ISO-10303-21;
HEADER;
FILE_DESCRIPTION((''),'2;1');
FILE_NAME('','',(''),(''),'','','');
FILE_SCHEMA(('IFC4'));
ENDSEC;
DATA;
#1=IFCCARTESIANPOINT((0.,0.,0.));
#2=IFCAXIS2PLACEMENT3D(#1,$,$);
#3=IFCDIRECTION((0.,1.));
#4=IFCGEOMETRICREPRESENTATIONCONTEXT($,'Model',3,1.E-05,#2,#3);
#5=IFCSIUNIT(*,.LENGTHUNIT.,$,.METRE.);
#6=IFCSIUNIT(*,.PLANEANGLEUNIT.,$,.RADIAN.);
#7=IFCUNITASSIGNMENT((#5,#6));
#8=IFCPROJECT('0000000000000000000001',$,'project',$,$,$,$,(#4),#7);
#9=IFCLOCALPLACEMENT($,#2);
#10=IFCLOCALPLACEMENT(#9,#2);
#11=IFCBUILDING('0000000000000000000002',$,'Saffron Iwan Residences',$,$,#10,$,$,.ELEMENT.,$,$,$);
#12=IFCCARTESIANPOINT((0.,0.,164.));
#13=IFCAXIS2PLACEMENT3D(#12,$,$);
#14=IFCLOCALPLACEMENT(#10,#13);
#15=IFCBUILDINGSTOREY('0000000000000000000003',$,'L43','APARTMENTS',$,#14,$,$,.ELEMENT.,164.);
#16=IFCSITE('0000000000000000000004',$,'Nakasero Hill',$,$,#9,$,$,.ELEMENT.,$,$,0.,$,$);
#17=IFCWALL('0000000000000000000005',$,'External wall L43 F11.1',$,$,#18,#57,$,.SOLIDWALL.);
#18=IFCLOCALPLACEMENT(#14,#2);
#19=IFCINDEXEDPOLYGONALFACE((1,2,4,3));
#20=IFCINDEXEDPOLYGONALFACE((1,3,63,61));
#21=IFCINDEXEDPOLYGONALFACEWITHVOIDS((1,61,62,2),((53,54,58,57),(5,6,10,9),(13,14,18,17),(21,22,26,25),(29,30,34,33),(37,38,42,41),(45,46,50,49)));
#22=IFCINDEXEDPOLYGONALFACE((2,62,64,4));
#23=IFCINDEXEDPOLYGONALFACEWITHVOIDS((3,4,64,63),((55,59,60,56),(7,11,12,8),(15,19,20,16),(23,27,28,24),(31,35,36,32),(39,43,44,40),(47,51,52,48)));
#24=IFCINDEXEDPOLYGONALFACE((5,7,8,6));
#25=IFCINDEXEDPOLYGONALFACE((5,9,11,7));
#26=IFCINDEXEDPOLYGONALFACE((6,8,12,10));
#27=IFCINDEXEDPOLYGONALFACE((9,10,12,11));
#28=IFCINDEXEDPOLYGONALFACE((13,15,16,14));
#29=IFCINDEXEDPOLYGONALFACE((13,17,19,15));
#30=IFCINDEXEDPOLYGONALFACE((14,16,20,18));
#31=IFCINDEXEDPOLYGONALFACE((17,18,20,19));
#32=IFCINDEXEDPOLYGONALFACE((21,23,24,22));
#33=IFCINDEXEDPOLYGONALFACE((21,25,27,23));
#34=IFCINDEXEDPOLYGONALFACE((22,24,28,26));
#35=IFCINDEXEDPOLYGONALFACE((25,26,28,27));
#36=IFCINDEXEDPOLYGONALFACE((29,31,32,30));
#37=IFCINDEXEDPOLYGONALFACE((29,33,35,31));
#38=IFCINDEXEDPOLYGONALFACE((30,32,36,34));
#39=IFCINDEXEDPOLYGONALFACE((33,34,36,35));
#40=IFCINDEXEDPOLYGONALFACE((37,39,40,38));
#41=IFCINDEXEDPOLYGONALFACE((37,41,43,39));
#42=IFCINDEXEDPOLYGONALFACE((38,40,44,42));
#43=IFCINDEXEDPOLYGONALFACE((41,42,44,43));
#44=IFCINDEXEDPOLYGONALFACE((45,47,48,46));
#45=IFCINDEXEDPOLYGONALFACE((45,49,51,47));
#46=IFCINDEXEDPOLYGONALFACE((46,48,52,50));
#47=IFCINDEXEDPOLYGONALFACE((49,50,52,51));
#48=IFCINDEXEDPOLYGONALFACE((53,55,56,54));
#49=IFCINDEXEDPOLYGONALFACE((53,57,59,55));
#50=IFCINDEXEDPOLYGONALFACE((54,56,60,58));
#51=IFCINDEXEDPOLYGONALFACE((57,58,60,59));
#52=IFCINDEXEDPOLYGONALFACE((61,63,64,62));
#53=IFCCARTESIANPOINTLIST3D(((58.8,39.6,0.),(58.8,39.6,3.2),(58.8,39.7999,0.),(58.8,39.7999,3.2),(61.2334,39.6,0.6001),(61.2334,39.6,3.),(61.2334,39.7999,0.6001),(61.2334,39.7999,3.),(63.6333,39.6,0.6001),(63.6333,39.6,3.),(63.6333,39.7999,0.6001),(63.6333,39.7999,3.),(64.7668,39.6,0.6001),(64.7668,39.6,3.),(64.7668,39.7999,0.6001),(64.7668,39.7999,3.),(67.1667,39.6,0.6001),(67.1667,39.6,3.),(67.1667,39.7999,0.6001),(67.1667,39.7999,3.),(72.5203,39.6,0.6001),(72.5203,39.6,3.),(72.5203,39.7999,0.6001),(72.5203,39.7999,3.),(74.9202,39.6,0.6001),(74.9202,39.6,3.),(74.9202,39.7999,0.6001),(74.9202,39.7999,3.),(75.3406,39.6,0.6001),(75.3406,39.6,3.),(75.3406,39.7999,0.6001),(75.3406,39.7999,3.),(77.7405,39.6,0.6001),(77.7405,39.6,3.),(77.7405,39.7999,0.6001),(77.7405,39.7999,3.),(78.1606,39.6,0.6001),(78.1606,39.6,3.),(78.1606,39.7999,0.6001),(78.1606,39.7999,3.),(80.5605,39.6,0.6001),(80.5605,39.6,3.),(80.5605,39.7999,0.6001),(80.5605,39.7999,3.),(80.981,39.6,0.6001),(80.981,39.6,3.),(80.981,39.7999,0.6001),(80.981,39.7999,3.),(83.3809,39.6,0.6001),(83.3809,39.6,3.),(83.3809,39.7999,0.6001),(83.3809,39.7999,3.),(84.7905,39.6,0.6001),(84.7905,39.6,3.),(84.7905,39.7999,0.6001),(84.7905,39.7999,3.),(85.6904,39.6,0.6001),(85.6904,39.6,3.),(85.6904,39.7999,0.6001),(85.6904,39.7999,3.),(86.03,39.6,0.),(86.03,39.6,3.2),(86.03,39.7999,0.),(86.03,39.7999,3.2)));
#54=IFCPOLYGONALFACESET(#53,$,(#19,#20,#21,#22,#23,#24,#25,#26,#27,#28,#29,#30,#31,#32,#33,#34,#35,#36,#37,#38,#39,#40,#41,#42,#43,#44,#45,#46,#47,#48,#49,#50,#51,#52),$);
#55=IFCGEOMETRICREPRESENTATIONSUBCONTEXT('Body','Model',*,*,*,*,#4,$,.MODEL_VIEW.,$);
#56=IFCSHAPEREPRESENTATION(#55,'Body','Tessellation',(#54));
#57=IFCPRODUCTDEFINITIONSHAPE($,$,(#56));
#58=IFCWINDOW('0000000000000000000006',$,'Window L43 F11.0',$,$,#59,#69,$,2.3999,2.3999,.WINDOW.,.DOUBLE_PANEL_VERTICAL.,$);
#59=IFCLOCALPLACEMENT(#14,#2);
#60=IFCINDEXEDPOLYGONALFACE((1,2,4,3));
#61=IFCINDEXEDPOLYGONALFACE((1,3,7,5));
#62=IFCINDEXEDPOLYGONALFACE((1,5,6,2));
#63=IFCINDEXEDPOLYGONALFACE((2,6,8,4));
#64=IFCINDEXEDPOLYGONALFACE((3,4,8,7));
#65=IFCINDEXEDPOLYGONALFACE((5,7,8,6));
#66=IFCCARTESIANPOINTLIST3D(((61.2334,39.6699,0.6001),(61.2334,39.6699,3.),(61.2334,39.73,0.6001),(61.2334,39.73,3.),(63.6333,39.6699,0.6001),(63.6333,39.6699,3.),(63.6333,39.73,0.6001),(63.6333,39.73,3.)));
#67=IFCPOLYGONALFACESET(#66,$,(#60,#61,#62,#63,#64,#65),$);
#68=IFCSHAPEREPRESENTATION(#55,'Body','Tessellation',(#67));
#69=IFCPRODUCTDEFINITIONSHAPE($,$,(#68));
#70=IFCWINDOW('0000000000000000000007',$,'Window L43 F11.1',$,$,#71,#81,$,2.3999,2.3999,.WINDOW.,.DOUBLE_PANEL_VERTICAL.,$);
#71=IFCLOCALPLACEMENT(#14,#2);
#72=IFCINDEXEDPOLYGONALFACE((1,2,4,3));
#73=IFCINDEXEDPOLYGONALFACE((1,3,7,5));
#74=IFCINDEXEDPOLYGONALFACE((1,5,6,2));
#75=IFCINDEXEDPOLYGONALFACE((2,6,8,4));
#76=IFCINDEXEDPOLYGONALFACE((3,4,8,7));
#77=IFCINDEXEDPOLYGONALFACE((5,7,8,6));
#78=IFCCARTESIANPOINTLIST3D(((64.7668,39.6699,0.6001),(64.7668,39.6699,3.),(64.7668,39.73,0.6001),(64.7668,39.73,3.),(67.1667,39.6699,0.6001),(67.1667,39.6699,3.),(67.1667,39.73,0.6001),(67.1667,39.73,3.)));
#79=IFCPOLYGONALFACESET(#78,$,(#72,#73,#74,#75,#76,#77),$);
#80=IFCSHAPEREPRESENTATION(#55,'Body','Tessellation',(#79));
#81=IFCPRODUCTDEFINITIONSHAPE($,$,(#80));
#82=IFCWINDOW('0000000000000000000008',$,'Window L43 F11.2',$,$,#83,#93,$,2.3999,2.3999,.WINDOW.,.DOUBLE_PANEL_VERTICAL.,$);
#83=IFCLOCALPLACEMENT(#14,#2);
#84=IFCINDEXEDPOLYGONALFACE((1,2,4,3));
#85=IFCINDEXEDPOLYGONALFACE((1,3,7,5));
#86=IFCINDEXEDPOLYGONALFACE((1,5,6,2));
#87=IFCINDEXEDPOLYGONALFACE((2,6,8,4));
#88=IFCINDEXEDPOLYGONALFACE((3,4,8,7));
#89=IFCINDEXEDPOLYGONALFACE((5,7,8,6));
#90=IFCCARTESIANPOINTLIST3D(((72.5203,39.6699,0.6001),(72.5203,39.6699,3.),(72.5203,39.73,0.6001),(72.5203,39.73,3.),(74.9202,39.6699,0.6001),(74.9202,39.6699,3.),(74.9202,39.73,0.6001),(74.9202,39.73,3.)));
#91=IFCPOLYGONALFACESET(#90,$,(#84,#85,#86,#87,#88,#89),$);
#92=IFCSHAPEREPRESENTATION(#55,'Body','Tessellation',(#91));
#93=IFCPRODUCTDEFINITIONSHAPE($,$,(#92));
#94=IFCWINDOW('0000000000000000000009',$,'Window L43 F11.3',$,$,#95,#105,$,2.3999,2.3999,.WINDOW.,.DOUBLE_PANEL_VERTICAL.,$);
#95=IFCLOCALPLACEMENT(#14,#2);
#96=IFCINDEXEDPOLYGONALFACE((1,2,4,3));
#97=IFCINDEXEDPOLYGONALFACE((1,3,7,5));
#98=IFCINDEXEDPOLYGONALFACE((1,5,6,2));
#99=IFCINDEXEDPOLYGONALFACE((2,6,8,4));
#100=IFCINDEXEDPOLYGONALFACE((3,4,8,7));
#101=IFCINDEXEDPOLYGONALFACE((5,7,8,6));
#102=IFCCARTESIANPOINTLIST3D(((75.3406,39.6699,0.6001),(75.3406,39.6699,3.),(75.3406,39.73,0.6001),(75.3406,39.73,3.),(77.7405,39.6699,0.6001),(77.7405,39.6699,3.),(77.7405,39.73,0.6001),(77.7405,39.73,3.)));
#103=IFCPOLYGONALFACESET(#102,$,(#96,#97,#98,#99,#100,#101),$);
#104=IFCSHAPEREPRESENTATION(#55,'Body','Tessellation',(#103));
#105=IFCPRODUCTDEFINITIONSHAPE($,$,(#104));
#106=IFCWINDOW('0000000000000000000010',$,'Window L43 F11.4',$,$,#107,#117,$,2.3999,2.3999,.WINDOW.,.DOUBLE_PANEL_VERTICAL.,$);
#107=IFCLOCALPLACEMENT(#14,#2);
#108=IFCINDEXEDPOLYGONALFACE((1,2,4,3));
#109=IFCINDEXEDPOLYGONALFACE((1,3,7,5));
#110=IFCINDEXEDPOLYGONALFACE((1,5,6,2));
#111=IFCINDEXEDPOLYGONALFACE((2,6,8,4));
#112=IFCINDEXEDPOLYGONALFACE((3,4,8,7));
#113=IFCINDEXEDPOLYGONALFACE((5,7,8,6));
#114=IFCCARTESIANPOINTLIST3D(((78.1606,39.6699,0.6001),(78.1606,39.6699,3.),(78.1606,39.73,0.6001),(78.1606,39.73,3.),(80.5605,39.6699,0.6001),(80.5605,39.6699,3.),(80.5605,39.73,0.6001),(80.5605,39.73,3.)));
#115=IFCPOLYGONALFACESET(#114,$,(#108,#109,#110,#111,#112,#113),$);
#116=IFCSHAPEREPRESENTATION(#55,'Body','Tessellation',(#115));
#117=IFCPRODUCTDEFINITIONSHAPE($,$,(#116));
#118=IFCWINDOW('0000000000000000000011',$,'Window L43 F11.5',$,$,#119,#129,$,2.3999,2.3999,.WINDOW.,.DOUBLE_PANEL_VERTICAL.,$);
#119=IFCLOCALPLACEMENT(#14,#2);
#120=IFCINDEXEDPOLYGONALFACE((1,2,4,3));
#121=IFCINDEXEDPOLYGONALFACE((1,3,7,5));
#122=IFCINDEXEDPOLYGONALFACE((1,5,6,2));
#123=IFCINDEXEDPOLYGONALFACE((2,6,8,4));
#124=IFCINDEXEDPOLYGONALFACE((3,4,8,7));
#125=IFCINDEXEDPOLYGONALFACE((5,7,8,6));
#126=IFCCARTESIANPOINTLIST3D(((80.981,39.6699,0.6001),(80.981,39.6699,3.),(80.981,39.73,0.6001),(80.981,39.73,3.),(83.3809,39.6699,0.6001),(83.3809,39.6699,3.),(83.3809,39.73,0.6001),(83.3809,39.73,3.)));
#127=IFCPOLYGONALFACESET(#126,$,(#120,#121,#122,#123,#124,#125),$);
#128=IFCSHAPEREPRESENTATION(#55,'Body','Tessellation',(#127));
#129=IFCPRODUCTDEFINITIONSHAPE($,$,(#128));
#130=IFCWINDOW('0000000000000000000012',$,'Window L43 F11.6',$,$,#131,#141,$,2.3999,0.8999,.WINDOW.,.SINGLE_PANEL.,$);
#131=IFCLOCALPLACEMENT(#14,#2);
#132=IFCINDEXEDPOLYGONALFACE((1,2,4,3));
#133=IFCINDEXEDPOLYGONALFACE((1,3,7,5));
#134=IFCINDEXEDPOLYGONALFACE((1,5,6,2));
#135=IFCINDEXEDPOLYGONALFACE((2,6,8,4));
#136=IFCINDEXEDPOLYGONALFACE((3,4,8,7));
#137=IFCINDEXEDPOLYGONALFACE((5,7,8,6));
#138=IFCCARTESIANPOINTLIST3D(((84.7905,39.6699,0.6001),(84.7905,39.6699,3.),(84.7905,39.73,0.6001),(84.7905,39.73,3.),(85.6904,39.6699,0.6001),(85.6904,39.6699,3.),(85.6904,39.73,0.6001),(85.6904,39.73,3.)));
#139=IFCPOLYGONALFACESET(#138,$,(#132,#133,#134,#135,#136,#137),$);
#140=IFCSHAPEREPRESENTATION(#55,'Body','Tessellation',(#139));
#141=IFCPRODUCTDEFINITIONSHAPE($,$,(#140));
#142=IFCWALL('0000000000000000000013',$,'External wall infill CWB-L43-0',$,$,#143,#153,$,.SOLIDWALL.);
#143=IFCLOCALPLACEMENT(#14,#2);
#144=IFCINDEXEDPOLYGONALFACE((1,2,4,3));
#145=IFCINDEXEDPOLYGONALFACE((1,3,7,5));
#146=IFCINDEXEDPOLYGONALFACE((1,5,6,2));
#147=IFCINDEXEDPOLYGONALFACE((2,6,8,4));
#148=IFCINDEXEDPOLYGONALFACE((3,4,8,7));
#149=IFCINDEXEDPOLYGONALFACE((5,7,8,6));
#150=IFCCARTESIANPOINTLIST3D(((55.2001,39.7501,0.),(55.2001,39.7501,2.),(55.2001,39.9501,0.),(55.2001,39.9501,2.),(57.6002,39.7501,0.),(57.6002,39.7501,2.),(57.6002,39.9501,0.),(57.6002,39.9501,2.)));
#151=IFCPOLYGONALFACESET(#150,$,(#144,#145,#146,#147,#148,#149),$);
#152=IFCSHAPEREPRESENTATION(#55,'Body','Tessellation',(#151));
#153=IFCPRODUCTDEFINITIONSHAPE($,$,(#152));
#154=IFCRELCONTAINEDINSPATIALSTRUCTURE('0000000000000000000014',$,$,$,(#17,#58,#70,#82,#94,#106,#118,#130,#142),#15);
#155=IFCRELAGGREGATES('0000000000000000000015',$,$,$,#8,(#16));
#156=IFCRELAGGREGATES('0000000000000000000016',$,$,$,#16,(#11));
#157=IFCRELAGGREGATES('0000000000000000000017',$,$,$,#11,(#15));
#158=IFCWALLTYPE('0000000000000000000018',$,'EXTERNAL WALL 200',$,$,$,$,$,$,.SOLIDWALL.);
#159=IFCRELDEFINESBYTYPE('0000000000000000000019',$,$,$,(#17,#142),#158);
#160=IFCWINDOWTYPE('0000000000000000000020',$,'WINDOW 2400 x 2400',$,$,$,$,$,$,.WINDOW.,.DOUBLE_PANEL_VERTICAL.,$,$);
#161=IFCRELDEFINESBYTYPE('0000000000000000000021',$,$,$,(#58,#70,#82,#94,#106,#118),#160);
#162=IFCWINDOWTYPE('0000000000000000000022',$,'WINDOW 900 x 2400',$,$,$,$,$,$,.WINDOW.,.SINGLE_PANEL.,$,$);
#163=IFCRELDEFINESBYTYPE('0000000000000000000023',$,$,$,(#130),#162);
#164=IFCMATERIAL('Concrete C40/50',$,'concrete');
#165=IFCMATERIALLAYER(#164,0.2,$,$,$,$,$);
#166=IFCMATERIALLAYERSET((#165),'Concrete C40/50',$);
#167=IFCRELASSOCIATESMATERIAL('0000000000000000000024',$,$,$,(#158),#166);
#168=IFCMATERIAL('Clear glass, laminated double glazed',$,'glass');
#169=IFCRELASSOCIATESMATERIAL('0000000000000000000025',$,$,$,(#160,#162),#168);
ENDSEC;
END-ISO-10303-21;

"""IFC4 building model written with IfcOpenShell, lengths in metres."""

from ifc_helpers import new_model, si_unit, direction, frame, frame_2d, origin, place, context, subcontext, project, spatial, rectangle, extrude, material, layer, layer_set, type_object, element, fill, save


model = new_model("IFC4")

# Units and contexts
model_context = context("Model", 3, precision=1e-05, world=origin(), true_north=direction((0.0, 1.0)))
body_context = subcontext(model_context, "Body", "Model", "MODEL_VIEW")
ifc_project = project(units=[si_unit("LENGTHUNIT", "METRE"), si_unit("PLANEANGLEUNIT", "RADIAN")], contexts=[model_context])

# Site, building, storey
site_placement = place(None, origin())
site = spatial("IfcSite", under=ifc_project, at=site_placement, Name="Nakasero Hill", CompositionType="ELEMENT", RefElevation=0.0)
building_placement = place(site_placement, origin())
building = spatial("IfcBuilding", under=site, at=building_placement, Name="Saffron Iwan Residences", CompositionType="ELEMENT")
storey_placement = place(building_placement, frame((0.0, 0.0, 164.0)))
storey = spatial("IfcBuildingStorey", under=building, at=storey_placement, Name="L43", Description="APARTMENTS", CompositionType="ELEMENT", Elevation=164.0)

# Shared definitions
ifc_material_1 = material(Name="Clear glass, laminated double glazed", Category="glass")

# Wall, openings, windows
ifc_material_2 = material(Name="Concrete C40/50", Category="concrete")
ifc_layer_1 = layer(ifc_material_2, 0.2)
ifc_layer_set_1 = layer_set([ifc_layer_1], Name="Concrete C40/50")
wall_type_1 = type_object("IfcWallType", Name="EXTERNAL WALL 200", PredefinedType="SOLIDWALL", material=ifc_layer_set_1)
wall_1_placement = place(storey_placement, frame((58.8, 39.7, 0.0), z_axis=(0.0, 0.0, 1.0), x_axis=(1.0, 0.0, 0.0)))
wall_1 = element("IfcWall", 1, at=wall_1_placement, inside=storey, type_object=wall_type_1, Name="External wall L43 F11.1", PredefinedType="SOLIDWALL", context=body_context, shape_type="SweptSolid", body=[
    extrude(rectangle(XDim=27.23, YDim=0.2, at=frame_2d((13.615, 0.0))), origin(), (0.0, 0.0, 1.0), 3.2),
])
opening_1_placement = place(wall_1_placement, frame((2.4333, 0.0, 0.6001)))
opening_1 = element("IfcOpeningElement", 2, at=opening_1_placement, cuts=wall_1, PredefinedType="OPENING", context=body_context, shape_type="SweptSolid", body=[
    extrude(rectangle(XDim=2.3999, YDim=2.3999, at=frame_2d((1.2, 1.2))), frame((0.0, 0.1099, 0.0), z_axis=(0.0, -1.0, 0.0), x_axis=(1.0, 0.0, 0.0)), (0.0, 0.0, 1.0), 0.22),
])
opening_2_placement = place(wall_1_placement, frame((5.9668, 0.0, 0.6001)))
opening_2 = element("IfcOpeningElement", 3, at=opening_2_placement, cuts=wall_1, PredefinedType="OPENING", context=body_context, shape_type="SweptSolid", body=[
    extrude(rectangle(XDim=2.3999, YDim=2.3999, at=frame_2d((1.2, 1.2))), frame((0.0, 0.1099, 0.0), z_axis=(0.0, -1.0, 0.0), x_axis=(1.0, 0.0, 0.0)), (0.0, 0.0, 1.0), 0.22),
])
opening_3_placement = place(wall_1_placement, frame((13.7202, 0.0, 0.6001)))
opening_3 = element("IfcOpeningElement", 4, at=opening_3_placement, cuts=wall_1, PredefinedType="OPENING", context=body_context, shape_type="SweptSolid", body=[
    extrude(rectangle(XDim=2.3999, YDim=2.3999, at=frame_2d((1.2, 1.2))), frame((0.0, 0.1099, 0.0), z_axis=(0.0, -1.0, 0.0), x_axis=(1.0, 0.0, 0.0)), (0.0, 0.0, 1.0), 0.22),
])
opening_4_placement = place(wall_1_placement, frame((16.5405, 0.0, 0.6001)))
opening_4 = element("IfcOpeningElement", 5, at=opening_4_placement, cuts=wall_1, PredefinedType="OPENING", context=body_context, shape_type="SweptSolid", body=[
    extrude(rectangle(XDim=2.3999, YDim=2.3999, at=frame_2d((1.2, 1.2))), frame((0.0, 0.1099, 0.0), z_axis=(0.0, -1.0, 0.0), x_axis=(1.0, 0.0, 0.0)), (0.0, 0.0, 1.0), 0.22),
])
opening_5_placement = place(wall_1_placement, frame((19.3606, 0.0, 0.6001)))
opening_5 = element("IfcOpeningElement", 6, at=opening_5_placement, cuts=wall_1, PredefinedType="OPENING", context=body_context, shape_type="SweptSolid", body=[
    extrude(rectangle(XDim=2.3999, YDim=2.3999, at=frame_2d((1.2, 1.2))), frame((0.0, 0.1099, 0.0), z_axis=(0.0, -1.0, 0.0), x_axis=(1.0, 0.0, 0.0)), (0.0, 0.0, 1.0), 0.22),
])
opening_6_placement = place(wall_1_placement, frame((22.1809, 0.0, 0.6001)))
opening_6 = element("IfcOpeningElement", 7, at=opening_6_placement, cuts=wall_1, PredefinedType="OPENING", context=body_context, shape_type="SweptSolid", body=[
    extrude(rectangle(XDim=2.3999, YDim=2.3999, at=frame_2d((1.2, 1.2))), frame((0.0, 0.1099, 0.0), z_axis=(0.0, -1.0, 0.0), x_axis=(1.0, 0.0, 0.0)), (0.0, 0.0, 1.0), 0.22),
])
opening_7_placement = place(wall_1_placement, frame((25.9905, 0.0, 0.6001)))
opening_7 = element("IfcOpeningElement", 8, at=opening_7_placement, cuts=wall_1, PredefinedType="OPENING", context=body_context, shape_type="SweptSolid", body=[
    extrude(rectangle(XDim=0.8999, YDim=2.3999, at=frame_2d((0.45, 1.2))), frame((0.0, 0.1099, 0.0), z_axis=(0.0, -1.0, 0.0), x_axis=(1.0, 0.0, 0.0)), (0.0, 0.0, 1.0), 0.22),
])
window_type_1 = type_object("IfcWindowType", Name="WINDOW 2400 x 2400", PartitioningType="DOUBLE_PANEL_VERTICAL", PredefinedType="WINDOW", material=ifc_material_1)
window_1_placement = place(opening_1_placement, origin())
window_1 = element("IfcWindow", 9, at=window_1_placement, inside=storey, type_object=window_type_1, Name="Window L43 F11.0", OverallHeight=2.3999, OverallWidth=2.3999, PartitioningType="DOUBLE_PANEL_VERTICAL", PredefinedType="WINDOW", context=body_context, shape_type="SweptSolid", body=[
    extrude(rectangle(XDim=2.3999, YDim=2.3999, at=frame_2d((1.2, 1.2))), frame((0.0, 0.03, 0.0), z_axis=(0.0, -1.0, 0.0), x_axis=(1.0, 0.0, 0.0)), (0.0, 0.0, 1.0), 0.0601),
])
fill(opening_1, window_1)
window_2_placement = place(opening_2_placement, origin())
window_2 = element("IfcWindow", 10, at=window_2_placement, inside=storey, type_object=window_type_1, Name="Window L43 F11.1", OverallHeight=2.3999, OverallWidth=2.3999, PartitioningType="DOUBLE_PANEL_VERTICAL", PredefinedType="WINDOW", context=body_context, shape_type="SweptSolid", body=[
    extrude(rectangle(XDim=2.3999, YDim=2.3999, at=frame_2d((1.2, 1.2))), frame((0.0, 0.03, 0.0), z_axis=(0.0, -1.0, 0.0), x_axis=(1.0, 0.0, 0.0)), (0.0, 0.0, 1.0), 0.0601),
])
fill(opening_2, window_2)
window_3_placement = place(opening_3_placement, origin())
window_3 = element("IfcWindow", 11, at=window_3_placement, inside=storey, type_object=window_type_1, Name="Window L43 F11.2", OverallHeight=2.3999, OverallWidth=2.3999, PartitioningType="DOUBLE_PANEL_VERTICAL", PredefinedType="WINDOW", context=body_context, shape_type="SweptSolid", body=[
    extrude(rectangle(XDim=2.3999, YDim=2.3999, at=frame_2d((1.2, 1.2))), frame((0.0, 0.03, 0.0), z_axis=(0.0, -1.0, 0.0), x_axis=(1.0, 0.0, 0.0)), (0.0, 0.0, 1.0), 0.0601),
])
fill(opening_3, window_3)
window_4_placement = place(opening_4_placement, origin())
window_4 = element("IfcWindow", 12, at=window_4_placement, inside=storey, type_object=window_type_1, Name="Window L43 F11.3", OverallHeight=2.3999, OverallWidth=2.3999, PartitioningType="DOUBLE_PANEL_VERTICAL", PredefinedType="WINDOW", context=body_context, shape_type="SweptSolid", body=[
    extrude(rectangle(XDim=2.3999, YDim=2.3999, at=frame_2d((1.2, 1.2))), frame((0.0, 0.03, 0.0), z_axis=(0.0, -1.0, 0.0), x_axis=(1.0, 0.0, 0.0)), (0.0, 0.0, 1.0), 0.0601),
])
fill(opening_4, window_4)
window_5_placement = place(opening_5_placement, origin())
window_5 = element("IfcWindow", 13, at=window_5_placement, inside=storey, type_object=window_type_1, Name="Window L43 F11.4", OverallHeight=2.3999, OverallWidth=2.3999, PartitioningType="DOUBLE_PANEL_VERTICAL", PredefinedType="WINDOW", context=body_context, shape_type="SweptSolid", body=[
    extrude(rectangle(XDim=2.3999, YDim=2.3999, at=frame_2d((1.2, 1.2))), frame((0.0, 0.03, 0.0), z_axis=(0.0, -1.0, 0.0), x_axis=(1.0, 0.0, 0.0)), (0.0, 0.0, 1.0), 0.0601),
])
fill(opening_5, window_5)
window_6_placement = place(opening_6_placement, origin())
window_6 = element("IfcWindow", 14, at=window_6_placement, inside=storey, type_object=window_type_1, Name="Window L43 F11.5", OverallHeight=2.3999, OverallWidth=2.3999, PartitioningType="DOUBLE_PANEL_VERTICAL", PredefinedType="WINDOW", context=body_context, shape_type="SweptSolid", body=[
    extrude(rectangle(XDim=2.3999, YDim=2.3999, at=frame_2d((1.2, 1.2))), frame((0.0, 0.03, 0.0), z_axis=(0.0, -1.0, 0.0), x_axis=(1.0, 0.0, 0.0)), (0.0, 0.0, 1.0), 0.0601),
])
fill(opening_6, window_6)
window_type_2 = type_object("IfcWindowType", Name="WINDOW 900 x 2400", PartitioningType="SINGLE_PANEL", PredefinedType="WINDOW", material=ifc_material_1)
window_7_placement = place(opening_7_placement, origin())
window_7 = element("IfcWindow", 15, at=window_7_placement, inside=storey, type_object=window_type_2, Name="Window L43 F11.6", OverallHeight=2.3999, OverallWidth=0.8999, PartitioningType="SINGLE_PANEL", PredefinedType="WINDOW", context=body_context, shape_type="SweptSolid", body=[
    extrude(rectangle(XDim=0.8999, YDim=2.3999, at=frame_2d((0.45, 1.2))), frame((0.0, 0.03, 0.0), z_axis=(0.0, -1.0, 0.0), x_axis=(1.0, 0.0, 0.0)), (0.0, 0.0, 1.0), 0.0601),
])
fill(opening_7, window_7)

# Wall
wall_2_placement = place(storey_placement, frame((55.2, 39.8501, 0.0), z_axis=(0.0, 0.0, 1.0), x_axis=(1.0, 0.0, 0.0)))
element("IfcWall", 16, at=wall_2_placement, inside=storey, type_object=wall_type_1, Name="External wall infill CWB-L43-0", PredefinedType="SOLIDWALL", context=body_context, shape_type="SweptSolid", body=[
    extrude(rectangle(XDim=2.4001, YDim=0.2, at=frame_2d((1.2002, 0.0))), origin(), (0.0, 0.0, 1.0), 2.0),
])

save(model, "model.ifc")
